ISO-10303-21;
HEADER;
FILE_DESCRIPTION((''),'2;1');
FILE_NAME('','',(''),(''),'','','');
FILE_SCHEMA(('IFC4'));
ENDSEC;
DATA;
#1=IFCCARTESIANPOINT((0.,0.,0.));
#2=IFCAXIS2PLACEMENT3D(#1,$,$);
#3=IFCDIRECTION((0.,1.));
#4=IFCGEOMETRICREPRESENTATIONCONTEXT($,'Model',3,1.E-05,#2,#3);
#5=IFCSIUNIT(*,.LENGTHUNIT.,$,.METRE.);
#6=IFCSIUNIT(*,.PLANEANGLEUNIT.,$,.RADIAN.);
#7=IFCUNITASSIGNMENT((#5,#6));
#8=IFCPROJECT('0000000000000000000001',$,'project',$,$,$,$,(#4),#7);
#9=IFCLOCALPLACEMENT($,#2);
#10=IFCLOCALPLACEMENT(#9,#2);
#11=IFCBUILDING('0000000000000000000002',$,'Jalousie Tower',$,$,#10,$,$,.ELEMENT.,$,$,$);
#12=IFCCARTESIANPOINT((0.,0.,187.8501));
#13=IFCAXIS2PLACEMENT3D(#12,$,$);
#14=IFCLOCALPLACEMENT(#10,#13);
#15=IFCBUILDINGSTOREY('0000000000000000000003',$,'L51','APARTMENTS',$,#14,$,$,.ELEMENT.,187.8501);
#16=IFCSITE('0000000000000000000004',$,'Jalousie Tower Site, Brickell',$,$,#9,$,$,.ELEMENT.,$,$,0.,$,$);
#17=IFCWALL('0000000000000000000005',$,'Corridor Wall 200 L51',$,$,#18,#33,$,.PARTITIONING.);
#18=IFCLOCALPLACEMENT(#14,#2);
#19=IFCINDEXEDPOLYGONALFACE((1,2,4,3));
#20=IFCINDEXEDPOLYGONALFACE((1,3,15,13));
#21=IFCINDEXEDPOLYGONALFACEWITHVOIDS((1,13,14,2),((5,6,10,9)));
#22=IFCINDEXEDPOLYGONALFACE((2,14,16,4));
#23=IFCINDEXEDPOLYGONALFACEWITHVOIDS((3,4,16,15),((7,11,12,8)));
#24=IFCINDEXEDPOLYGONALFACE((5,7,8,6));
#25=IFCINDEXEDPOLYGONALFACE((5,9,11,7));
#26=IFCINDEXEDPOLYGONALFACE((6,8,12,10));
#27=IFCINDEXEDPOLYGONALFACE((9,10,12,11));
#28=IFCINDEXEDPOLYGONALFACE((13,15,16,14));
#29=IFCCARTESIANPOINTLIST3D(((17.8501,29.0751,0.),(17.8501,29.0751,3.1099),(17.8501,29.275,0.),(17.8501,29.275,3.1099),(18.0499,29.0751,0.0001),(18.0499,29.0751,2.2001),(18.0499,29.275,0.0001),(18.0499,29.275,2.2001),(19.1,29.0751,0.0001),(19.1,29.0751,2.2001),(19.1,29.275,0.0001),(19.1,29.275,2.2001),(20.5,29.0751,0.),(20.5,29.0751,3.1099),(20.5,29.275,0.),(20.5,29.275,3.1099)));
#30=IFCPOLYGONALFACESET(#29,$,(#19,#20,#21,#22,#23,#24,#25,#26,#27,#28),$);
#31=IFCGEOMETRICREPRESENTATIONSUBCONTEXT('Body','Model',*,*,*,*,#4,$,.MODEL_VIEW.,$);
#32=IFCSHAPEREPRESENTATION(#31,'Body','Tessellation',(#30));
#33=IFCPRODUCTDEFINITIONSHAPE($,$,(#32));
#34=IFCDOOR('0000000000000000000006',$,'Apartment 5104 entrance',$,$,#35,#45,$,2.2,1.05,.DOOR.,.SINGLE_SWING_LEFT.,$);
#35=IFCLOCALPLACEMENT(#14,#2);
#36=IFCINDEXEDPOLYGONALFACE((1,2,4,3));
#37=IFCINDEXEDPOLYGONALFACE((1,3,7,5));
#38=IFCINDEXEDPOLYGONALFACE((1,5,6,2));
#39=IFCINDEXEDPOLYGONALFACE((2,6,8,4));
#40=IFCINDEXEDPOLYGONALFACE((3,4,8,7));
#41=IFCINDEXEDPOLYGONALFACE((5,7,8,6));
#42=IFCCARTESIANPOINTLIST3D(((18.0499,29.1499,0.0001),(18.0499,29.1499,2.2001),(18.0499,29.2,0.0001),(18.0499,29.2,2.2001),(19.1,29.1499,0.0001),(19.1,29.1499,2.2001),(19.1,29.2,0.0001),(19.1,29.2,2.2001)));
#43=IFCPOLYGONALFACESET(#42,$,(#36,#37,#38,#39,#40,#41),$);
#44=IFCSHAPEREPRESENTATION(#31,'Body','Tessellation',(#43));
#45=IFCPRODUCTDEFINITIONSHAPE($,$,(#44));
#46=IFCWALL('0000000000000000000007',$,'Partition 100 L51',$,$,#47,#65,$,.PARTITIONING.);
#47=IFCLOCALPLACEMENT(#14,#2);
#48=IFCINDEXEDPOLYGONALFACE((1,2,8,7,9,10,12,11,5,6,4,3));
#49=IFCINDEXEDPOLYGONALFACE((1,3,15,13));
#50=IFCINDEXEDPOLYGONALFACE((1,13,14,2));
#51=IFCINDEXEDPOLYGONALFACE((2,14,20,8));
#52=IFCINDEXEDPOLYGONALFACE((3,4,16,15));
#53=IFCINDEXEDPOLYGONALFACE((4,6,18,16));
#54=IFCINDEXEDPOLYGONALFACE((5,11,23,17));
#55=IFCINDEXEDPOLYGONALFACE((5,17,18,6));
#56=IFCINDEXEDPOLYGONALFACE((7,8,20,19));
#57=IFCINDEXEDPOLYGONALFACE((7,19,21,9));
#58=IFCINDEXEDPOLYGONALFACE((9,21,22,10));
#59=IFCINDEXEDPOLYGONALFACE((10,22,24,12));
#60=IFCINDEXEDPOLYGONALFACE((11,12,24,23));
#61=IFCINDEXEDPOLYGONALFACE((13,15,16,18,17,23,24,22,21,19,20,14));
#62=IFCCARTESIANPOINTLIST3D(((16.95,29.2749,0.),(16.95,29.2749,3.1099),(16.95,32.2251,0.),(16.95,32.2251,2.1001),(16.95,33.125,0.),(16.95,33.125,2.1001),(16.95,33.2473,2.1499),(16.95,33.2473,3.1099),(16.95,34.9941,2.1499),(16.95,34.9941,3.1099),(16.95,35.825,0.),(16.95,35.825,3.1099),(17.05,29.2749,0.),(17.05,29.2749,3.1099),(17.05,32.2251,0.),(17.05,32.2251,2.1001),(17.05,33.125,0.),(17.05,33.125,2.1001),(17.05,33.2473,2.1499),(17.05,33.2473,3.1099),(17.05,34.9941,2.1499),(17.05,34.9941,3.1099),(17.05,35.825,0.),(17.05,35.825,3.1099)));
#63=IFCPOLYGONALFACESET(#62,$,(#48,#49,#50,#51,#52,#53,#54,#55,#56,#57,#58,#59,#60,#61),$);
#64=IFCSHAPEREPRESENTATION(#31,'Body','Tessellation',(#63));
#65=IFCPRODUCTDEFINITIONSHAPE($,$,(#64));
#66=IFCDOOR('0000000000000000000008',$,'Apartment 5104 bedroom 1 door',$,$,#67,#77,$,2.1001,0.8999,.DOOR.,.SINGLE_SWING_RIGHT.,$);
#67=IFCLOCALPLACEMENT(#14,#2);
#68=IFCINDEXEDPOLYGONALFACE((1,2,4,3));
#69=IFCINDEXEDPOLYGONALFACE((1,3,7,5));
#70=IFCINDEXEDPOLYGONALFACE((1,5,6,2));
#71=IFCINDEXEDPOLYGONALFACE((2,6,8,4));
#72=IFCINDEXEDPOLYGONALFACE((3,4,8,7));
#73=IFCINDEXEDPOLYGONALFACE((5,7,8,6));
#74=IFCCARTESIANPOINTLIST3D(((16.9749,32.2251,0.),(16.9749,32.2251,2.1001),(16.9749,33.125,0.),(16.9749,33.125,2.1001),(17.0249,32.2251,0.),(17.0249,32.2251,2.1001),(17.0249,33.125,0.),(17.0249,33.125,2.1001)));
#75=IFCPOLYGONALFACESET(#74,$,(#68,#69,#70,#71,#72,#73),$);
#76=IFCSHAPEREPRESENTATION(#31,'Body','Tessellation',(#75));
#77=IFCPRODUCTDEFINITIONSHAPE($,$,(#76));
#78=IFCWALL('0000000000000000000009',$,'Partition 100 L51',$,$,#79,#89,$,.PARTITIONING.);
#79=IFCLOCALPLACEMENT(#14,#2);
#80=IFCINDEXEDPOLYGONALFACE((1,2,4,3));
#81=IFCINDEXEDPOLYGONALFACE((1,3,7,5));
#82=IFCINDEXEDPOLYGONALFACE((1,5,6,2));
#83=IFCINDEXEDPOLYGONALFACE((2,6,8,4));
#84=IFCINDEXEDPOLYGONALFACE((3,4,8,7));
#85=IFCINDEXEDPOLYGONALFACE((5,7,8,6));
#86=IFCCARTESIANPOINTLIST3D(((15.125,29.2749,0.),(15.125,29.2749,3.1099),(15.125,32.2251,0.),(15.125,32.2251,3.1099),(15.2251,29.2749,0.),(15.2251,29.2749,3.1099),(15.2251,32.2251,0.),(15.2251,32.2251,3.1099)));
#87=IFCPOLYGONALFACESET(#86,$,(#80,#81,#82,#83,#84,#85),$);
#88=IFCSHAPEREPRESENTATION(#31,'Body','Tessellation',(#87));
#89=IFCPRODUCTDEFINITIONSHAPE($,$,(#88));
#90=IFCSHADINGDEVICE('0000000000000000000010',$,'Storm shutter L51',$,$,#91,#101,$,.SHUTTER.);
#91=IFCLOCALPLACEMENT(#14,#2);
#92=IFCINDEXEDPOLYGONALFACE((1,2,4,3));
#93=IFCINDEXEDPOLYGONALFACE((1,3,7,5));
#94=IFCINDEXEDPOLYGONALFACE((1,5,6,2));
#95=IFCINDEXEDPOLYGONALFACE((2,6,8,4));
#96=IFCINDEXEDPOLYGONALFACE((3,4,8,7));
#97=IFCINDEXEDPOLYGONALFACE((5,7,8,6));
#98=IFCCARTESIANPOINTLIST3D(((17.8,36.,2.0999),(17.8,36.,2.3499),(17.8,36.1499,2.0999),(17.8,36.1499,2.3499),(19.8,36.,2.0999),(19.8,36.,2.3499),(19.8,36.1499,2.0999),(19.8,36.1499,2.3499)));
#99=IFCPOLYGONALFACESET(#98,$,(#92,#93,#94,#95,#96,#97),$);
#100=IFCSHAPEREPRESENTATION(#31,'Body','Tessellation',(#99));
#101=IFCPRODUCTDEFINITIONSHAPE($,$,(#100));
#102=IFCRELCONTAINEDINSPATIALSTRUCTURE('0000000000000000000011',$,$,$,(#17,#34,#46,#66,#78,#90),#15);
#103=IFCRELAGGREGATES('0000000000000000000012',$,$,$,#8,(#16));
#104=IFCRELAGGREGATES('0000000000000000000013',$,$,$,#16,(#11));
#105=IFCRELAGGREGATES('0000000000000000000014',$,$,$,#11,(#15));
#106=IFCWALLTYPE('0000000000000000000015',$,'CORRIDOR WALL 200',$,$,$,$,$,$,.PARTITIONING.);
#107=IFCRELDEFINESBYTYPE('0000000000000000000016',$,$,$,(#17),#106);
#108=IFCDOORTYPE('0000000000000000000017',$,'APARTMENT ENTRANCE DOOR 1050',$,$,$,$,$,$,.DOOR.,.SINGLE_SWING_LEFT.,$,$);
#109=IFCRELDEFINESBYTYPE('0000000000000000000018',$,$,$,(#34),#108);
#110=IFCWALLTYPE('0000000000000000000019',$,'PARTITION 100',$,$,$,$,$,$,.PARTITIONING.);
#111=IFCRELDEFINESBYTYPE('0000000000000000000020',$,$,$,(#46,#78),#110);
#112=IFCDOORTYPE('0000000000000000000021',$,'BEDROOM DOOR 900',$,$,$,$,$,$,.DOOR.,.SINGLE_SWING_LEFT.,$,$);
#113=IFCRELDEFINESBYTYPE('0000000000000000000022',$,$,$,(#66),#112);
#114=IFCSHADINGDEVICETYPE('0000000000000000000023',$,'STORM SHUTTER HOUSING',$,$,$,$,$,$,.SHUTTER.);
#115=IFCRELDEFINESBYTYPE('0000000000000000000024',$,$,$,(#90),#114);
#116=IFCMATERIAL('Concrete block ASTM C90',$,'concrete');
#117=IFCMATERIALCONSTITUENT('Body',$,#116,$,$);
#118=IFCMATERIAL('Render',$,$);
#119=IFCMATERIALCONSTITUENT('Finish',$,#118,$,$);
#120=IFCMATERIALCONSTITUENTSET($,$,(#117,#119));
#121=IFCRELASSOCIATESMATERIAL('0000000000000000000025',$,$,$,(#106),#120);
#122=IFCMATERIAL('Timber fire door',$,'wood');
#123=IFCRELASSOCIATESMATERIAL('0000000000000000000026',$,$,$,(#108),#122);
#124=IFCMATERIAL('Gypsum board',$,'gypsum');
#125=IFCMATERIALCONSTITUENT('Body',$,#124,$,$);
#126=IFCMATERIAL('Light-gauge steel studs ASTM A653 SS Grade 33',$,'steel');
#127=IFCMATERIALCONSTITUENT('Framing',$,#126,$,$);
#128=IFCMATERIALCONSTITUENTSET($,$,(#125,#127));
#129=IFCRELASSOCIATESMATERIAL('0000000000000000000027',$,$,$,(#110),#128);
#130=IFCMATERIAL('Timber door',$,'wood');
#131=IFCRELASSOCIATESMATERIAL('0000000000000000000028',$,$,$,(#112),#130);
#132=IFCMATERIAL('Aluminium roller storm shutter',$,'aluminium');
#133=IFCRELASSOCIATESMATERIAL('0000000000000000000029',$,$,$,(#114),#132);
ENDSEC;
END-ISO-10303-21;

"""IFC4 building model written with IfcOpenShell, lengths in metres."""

from ifc_helpers import new_model, si_unit, direction, frame, frame_2d, origin, origin_2d, place, context, subcontext, project, spatial, polyline, rectangle, outline, extrude, material, constituent, constituent_set, type_object, element, fill, save


model = new_model("IFC4")

# Units and contexts
model_context = context("Model", 3, precision=1e-05, world=origin(), true_north=direction((0.0, 1.0)))
body_context = subcontext(model_context, "Body", "Model", "MODEL_VIEW")
ifc_project = project(units=[si_unit("LENGTHUNIT", "METRE"), si_unit("PLANEANGLEUNIT", "RADIAN")], contexts=[model_context])

# Site, building, storey
site_placement = place(None, origin())
site = spatial("IfcSite", under=ifc_project, at=site_placement, Name="Jalousie Tower Site, Brickell", CompositionType="ELEMENT", RefElevation=0.0)
building_placement = place(site_placement, origin())
building = spatial("IfcBuilding", under=site, at=building_placement, Name="Jalousie Tower", CompositionType="ELEMENT")
storey_placement = place(building_placement, frame((0.0, 0.0, 187.8501)))
storey = spatial("IfcBuildingStorey", under=building, at=storey_placement, Name="L51", Description="APARTMENTS", CompositionType="ELEMENT", Elevation=187.8501)

# Walls, openings, doors
ifc_material_1 = material(Name="Concrete block ASTM C90", Category="concrete")
ifc_constituent_1 = constituent(ifc_material_1, Name="Body")
ifc_material_2 = material(Name="Render")
ifc_constituent_2 = constituent(ifc_material_2, Name="Finish")
ifc_constituent_set_1 = constituent_set(constituents=[ifc_constituent_1, ifc_constituent_2])
wall_type_1 = type_object("IfcWallType", Name="CORRIDOR WALL 200", PredefinedType="PARTITIONING", material=ifc_constituent_set_1)
wall_1_placement = place(storey_placement, frame((17.8501, 29.175, 0.0), z_axis=(0.0, 0.0, 1.0), x_axis=(1.0, 0.0, 0.0)))
wall_1 = element("IfcWall", 1, at=wall_1_placement, inside=storey, type_object=wall_type_1, Name="Corridor Wall 200 L51", PredefinedType="PARTITIONING", context=body_context, shape_type="SweptSolid", body=[
    extrude(rectangle(XDim=2.6499, YDim=0.2, at=frame_2d((1.325, 0.0))), origin(), (0.0, 0.0, 1.0), 3.1099),
])
opening_1_placement = place(wall_1_placement, frame((0.2, 0.0, 0.0)))
opening_1 = element("IfcOpeningElement", 2, at=opening_1_placement, cuts=wall_1, PredefinedType="OPENING", context=body_context, shape_type="SweptSolid", body=[
    extrude(rectangle(XDim=1.05, YDim=2.2, at=frame_2d((0.5249, 1.1001))), frame((0.0, 0.1099, 0.0), z_axis=(0.0, -1.0, 0.0), x_axis=(1.0, 0.0, 0.0)), (0.0, 0.0, 1.0), 0.22),
])
ifc_material_3 = material(Name="Timber fire door", Category="wood")
door_type_1 = type_object("IfcDoorType", Name="APARTMENT ENTRANCE DOOR 1050", OperationType="SINGLE_SWING_LEFT", PredefinedType="DOOR", material=ifc_material_3)
door_1_placement = place(opening_1_placement, origin())
door_1 = element("IfcDoor", 3, at=door_1_placement, inside=storey, type_object=door_type_1, Name="Apartment 5104 entrance", OperationType="SINGLE_SWING_LEFT", OverallHeight=2.2, OverallWidth=1.05, PredefinedType="DOOR", context=body_context, shape_type="SweptSolid", body=[
    extrude(rectangle(XDim=1.05, YDim=2.2, at=frame_2d((0.5249, 1.1001))), frame((0.0, 0.0249, 0.0), z_axis=(0.0, -1.0, 0.0), x_axis=(1.0, 0.0, 0.0)), (0.0, 0.0, 1.0), 0.05),
])
fill(opening_1, door_1)
ifc_material_4 = material(Name="Gypsum board", Category="gypsum")
ifc_constituent_3 = constituent(ifc_material_4, Name="Body")
ifc_material_5 = material(Name="Light-gauge steel studs ASTM A653 SS Grade 33", Category="steel")
ifc_constituent_4 = constituent(ifc_material_5, Name="Framing")
ifc_constituent_set_2 = constituent_set(constituents=[ifc_constituent_3, ifc_constituent_4])
wall_type_2 = type_object("IfcWallType", Name="PARTITION 100", PredefinedType="PARTITIONING", material=ifc_constituent_set_2)
wall_2_placement = place(storey_placement, frame((17.0, 35.825, 0.0), z_axis=(0.0, 0.0, 1.0), x_axis=(0.0, -1.0, 0.0)))
wall_2 = element("IfcWall", 4, at=wall_2_placement, inside=storey, type_object=wall_type_2, Name="Partition 100 L51", PredefinedType="PARTITIONING", context=body_context, shape_type="SweptSolid", body=[
    extrude(outline(polyline([(0.0, 0.0), (6.55, 0.0), (6.55, 3.1099), (2.5776, 3.1099), (2.5776, 2.1499), (0.8308, 2.1499), (0.8308, 3.1099), (0.0, 3.1099), (0.0, 0.0)])), frame((0.0, 0.05, 0.0), z_axis=(0.0, -1.0, 0.0), x_axis=(1.0, 0.0, 0.0)), (0.0, 0.0, 1.0), 0.1001),
])
opening_2_placement = place(wall_2_placement, frame((2.7, 0.0, 0.0)))
opening_2 = element("IfcOpeningElement", 5, at=opening_2_placement, cuts=wall_2, PredefinedType="OPENING", context=body_context, shape_type="SweptSolid", body=[
    extrude(rectangle(XDim=0.8999, YDim=2.1001, at=frame_2d((0.45, 1.05))), frame((0.0, 0.0601, 0.0), z_axis=(0.0, -1.0, 0.0), x_axis=(1.0, 0.0, 0.0)), (0.0, 0.0, 1.0), 0.1201),
])
ifc_material_6 = material(Name="Timber door", Category="wood")
door_type_2 = type_object("IfcDoorType", Name="BEDROOM DOOR 900", OperationType="SINGLE_SWING_LEFT", PredefinedType="DOOR", material=ifc_material_6)
door_2_placement = place(opening_2_placement, origin())
door_2 = element("IfcDoor", 6, at=door_2_placement, inside=storey, type_object=door_type_2, Name="Apartment 5104 bedroom 1 door", OperationType="SINGLE_SWING_RIGHT", OverallHeight=2.1001, OverallWidth=0.8999, PredefinedType="DOOR", context=body_context, shape_type="SweptSolid", body=[
    extrude(rectangle(XDim=0.8999, YDim=2.1001, at=frame_2d((0.45, 1.05))), frame((0.0, 0.0249, 0.0), z_axis=(0.0, -1.0, 0.0), x_axis=(1.0, 0.0, 0.0)), (0.0, 0.0, 1.0), 0.05),
])
fill(opening_2, door_2)

# Wall
wall_3_placement = place(storey_placement, frame((15.175, 32.2251, 0.0), z_axis=(0.0, 0.0, 1.0), x_axis=(0.0, -1.0, 0.0)))
element("IfcWall", 7, at=wall_3_placement, inside=storey, type_object=wall_type_2, Name="Partition 100 L51", PredefinedType="PARTITIONING", context=body_context, shape_type="SweptSolid", body=[
    extrude(rectangle(XDim=2.9502, YDim=0.1001, at=frame_2d((1.4751, 0.0))), origin(), (0.0, 0.0, 1.0), 3.1099),
])

# Shading device
ifc_material_7 = material(Name="Aluminium roller storm shutter", Category="aluminium")
shading_device_type = type_object("IfcShadingDeviceType", Name="STORM SHUTTER HOUSING", PredefinedType="SHUTTER", material=ifc_material_7)
shading_device_placement = place(storey_placement, frame((18.8, 36.075, 2.0999), z_axis=(0.0, 0.0, 1.0), x_axis=(-1.0, 0.0, 0.0)))
element("IfcShadingDevice", 8, at=shading_device_placement, inside=storey, type_object=shading_device_type, Name="Storm shutter L51", PredefinedType="SHUTTER", context=body_context, shape_type="SweptSolid", body=[
    extrude(rectangle(XDim=2.0, YDim=0.1499, at=origin_2d()), origin(), (0.0, 0.0, 1.0), 0.25),
])

save(model, "model.ifc")
